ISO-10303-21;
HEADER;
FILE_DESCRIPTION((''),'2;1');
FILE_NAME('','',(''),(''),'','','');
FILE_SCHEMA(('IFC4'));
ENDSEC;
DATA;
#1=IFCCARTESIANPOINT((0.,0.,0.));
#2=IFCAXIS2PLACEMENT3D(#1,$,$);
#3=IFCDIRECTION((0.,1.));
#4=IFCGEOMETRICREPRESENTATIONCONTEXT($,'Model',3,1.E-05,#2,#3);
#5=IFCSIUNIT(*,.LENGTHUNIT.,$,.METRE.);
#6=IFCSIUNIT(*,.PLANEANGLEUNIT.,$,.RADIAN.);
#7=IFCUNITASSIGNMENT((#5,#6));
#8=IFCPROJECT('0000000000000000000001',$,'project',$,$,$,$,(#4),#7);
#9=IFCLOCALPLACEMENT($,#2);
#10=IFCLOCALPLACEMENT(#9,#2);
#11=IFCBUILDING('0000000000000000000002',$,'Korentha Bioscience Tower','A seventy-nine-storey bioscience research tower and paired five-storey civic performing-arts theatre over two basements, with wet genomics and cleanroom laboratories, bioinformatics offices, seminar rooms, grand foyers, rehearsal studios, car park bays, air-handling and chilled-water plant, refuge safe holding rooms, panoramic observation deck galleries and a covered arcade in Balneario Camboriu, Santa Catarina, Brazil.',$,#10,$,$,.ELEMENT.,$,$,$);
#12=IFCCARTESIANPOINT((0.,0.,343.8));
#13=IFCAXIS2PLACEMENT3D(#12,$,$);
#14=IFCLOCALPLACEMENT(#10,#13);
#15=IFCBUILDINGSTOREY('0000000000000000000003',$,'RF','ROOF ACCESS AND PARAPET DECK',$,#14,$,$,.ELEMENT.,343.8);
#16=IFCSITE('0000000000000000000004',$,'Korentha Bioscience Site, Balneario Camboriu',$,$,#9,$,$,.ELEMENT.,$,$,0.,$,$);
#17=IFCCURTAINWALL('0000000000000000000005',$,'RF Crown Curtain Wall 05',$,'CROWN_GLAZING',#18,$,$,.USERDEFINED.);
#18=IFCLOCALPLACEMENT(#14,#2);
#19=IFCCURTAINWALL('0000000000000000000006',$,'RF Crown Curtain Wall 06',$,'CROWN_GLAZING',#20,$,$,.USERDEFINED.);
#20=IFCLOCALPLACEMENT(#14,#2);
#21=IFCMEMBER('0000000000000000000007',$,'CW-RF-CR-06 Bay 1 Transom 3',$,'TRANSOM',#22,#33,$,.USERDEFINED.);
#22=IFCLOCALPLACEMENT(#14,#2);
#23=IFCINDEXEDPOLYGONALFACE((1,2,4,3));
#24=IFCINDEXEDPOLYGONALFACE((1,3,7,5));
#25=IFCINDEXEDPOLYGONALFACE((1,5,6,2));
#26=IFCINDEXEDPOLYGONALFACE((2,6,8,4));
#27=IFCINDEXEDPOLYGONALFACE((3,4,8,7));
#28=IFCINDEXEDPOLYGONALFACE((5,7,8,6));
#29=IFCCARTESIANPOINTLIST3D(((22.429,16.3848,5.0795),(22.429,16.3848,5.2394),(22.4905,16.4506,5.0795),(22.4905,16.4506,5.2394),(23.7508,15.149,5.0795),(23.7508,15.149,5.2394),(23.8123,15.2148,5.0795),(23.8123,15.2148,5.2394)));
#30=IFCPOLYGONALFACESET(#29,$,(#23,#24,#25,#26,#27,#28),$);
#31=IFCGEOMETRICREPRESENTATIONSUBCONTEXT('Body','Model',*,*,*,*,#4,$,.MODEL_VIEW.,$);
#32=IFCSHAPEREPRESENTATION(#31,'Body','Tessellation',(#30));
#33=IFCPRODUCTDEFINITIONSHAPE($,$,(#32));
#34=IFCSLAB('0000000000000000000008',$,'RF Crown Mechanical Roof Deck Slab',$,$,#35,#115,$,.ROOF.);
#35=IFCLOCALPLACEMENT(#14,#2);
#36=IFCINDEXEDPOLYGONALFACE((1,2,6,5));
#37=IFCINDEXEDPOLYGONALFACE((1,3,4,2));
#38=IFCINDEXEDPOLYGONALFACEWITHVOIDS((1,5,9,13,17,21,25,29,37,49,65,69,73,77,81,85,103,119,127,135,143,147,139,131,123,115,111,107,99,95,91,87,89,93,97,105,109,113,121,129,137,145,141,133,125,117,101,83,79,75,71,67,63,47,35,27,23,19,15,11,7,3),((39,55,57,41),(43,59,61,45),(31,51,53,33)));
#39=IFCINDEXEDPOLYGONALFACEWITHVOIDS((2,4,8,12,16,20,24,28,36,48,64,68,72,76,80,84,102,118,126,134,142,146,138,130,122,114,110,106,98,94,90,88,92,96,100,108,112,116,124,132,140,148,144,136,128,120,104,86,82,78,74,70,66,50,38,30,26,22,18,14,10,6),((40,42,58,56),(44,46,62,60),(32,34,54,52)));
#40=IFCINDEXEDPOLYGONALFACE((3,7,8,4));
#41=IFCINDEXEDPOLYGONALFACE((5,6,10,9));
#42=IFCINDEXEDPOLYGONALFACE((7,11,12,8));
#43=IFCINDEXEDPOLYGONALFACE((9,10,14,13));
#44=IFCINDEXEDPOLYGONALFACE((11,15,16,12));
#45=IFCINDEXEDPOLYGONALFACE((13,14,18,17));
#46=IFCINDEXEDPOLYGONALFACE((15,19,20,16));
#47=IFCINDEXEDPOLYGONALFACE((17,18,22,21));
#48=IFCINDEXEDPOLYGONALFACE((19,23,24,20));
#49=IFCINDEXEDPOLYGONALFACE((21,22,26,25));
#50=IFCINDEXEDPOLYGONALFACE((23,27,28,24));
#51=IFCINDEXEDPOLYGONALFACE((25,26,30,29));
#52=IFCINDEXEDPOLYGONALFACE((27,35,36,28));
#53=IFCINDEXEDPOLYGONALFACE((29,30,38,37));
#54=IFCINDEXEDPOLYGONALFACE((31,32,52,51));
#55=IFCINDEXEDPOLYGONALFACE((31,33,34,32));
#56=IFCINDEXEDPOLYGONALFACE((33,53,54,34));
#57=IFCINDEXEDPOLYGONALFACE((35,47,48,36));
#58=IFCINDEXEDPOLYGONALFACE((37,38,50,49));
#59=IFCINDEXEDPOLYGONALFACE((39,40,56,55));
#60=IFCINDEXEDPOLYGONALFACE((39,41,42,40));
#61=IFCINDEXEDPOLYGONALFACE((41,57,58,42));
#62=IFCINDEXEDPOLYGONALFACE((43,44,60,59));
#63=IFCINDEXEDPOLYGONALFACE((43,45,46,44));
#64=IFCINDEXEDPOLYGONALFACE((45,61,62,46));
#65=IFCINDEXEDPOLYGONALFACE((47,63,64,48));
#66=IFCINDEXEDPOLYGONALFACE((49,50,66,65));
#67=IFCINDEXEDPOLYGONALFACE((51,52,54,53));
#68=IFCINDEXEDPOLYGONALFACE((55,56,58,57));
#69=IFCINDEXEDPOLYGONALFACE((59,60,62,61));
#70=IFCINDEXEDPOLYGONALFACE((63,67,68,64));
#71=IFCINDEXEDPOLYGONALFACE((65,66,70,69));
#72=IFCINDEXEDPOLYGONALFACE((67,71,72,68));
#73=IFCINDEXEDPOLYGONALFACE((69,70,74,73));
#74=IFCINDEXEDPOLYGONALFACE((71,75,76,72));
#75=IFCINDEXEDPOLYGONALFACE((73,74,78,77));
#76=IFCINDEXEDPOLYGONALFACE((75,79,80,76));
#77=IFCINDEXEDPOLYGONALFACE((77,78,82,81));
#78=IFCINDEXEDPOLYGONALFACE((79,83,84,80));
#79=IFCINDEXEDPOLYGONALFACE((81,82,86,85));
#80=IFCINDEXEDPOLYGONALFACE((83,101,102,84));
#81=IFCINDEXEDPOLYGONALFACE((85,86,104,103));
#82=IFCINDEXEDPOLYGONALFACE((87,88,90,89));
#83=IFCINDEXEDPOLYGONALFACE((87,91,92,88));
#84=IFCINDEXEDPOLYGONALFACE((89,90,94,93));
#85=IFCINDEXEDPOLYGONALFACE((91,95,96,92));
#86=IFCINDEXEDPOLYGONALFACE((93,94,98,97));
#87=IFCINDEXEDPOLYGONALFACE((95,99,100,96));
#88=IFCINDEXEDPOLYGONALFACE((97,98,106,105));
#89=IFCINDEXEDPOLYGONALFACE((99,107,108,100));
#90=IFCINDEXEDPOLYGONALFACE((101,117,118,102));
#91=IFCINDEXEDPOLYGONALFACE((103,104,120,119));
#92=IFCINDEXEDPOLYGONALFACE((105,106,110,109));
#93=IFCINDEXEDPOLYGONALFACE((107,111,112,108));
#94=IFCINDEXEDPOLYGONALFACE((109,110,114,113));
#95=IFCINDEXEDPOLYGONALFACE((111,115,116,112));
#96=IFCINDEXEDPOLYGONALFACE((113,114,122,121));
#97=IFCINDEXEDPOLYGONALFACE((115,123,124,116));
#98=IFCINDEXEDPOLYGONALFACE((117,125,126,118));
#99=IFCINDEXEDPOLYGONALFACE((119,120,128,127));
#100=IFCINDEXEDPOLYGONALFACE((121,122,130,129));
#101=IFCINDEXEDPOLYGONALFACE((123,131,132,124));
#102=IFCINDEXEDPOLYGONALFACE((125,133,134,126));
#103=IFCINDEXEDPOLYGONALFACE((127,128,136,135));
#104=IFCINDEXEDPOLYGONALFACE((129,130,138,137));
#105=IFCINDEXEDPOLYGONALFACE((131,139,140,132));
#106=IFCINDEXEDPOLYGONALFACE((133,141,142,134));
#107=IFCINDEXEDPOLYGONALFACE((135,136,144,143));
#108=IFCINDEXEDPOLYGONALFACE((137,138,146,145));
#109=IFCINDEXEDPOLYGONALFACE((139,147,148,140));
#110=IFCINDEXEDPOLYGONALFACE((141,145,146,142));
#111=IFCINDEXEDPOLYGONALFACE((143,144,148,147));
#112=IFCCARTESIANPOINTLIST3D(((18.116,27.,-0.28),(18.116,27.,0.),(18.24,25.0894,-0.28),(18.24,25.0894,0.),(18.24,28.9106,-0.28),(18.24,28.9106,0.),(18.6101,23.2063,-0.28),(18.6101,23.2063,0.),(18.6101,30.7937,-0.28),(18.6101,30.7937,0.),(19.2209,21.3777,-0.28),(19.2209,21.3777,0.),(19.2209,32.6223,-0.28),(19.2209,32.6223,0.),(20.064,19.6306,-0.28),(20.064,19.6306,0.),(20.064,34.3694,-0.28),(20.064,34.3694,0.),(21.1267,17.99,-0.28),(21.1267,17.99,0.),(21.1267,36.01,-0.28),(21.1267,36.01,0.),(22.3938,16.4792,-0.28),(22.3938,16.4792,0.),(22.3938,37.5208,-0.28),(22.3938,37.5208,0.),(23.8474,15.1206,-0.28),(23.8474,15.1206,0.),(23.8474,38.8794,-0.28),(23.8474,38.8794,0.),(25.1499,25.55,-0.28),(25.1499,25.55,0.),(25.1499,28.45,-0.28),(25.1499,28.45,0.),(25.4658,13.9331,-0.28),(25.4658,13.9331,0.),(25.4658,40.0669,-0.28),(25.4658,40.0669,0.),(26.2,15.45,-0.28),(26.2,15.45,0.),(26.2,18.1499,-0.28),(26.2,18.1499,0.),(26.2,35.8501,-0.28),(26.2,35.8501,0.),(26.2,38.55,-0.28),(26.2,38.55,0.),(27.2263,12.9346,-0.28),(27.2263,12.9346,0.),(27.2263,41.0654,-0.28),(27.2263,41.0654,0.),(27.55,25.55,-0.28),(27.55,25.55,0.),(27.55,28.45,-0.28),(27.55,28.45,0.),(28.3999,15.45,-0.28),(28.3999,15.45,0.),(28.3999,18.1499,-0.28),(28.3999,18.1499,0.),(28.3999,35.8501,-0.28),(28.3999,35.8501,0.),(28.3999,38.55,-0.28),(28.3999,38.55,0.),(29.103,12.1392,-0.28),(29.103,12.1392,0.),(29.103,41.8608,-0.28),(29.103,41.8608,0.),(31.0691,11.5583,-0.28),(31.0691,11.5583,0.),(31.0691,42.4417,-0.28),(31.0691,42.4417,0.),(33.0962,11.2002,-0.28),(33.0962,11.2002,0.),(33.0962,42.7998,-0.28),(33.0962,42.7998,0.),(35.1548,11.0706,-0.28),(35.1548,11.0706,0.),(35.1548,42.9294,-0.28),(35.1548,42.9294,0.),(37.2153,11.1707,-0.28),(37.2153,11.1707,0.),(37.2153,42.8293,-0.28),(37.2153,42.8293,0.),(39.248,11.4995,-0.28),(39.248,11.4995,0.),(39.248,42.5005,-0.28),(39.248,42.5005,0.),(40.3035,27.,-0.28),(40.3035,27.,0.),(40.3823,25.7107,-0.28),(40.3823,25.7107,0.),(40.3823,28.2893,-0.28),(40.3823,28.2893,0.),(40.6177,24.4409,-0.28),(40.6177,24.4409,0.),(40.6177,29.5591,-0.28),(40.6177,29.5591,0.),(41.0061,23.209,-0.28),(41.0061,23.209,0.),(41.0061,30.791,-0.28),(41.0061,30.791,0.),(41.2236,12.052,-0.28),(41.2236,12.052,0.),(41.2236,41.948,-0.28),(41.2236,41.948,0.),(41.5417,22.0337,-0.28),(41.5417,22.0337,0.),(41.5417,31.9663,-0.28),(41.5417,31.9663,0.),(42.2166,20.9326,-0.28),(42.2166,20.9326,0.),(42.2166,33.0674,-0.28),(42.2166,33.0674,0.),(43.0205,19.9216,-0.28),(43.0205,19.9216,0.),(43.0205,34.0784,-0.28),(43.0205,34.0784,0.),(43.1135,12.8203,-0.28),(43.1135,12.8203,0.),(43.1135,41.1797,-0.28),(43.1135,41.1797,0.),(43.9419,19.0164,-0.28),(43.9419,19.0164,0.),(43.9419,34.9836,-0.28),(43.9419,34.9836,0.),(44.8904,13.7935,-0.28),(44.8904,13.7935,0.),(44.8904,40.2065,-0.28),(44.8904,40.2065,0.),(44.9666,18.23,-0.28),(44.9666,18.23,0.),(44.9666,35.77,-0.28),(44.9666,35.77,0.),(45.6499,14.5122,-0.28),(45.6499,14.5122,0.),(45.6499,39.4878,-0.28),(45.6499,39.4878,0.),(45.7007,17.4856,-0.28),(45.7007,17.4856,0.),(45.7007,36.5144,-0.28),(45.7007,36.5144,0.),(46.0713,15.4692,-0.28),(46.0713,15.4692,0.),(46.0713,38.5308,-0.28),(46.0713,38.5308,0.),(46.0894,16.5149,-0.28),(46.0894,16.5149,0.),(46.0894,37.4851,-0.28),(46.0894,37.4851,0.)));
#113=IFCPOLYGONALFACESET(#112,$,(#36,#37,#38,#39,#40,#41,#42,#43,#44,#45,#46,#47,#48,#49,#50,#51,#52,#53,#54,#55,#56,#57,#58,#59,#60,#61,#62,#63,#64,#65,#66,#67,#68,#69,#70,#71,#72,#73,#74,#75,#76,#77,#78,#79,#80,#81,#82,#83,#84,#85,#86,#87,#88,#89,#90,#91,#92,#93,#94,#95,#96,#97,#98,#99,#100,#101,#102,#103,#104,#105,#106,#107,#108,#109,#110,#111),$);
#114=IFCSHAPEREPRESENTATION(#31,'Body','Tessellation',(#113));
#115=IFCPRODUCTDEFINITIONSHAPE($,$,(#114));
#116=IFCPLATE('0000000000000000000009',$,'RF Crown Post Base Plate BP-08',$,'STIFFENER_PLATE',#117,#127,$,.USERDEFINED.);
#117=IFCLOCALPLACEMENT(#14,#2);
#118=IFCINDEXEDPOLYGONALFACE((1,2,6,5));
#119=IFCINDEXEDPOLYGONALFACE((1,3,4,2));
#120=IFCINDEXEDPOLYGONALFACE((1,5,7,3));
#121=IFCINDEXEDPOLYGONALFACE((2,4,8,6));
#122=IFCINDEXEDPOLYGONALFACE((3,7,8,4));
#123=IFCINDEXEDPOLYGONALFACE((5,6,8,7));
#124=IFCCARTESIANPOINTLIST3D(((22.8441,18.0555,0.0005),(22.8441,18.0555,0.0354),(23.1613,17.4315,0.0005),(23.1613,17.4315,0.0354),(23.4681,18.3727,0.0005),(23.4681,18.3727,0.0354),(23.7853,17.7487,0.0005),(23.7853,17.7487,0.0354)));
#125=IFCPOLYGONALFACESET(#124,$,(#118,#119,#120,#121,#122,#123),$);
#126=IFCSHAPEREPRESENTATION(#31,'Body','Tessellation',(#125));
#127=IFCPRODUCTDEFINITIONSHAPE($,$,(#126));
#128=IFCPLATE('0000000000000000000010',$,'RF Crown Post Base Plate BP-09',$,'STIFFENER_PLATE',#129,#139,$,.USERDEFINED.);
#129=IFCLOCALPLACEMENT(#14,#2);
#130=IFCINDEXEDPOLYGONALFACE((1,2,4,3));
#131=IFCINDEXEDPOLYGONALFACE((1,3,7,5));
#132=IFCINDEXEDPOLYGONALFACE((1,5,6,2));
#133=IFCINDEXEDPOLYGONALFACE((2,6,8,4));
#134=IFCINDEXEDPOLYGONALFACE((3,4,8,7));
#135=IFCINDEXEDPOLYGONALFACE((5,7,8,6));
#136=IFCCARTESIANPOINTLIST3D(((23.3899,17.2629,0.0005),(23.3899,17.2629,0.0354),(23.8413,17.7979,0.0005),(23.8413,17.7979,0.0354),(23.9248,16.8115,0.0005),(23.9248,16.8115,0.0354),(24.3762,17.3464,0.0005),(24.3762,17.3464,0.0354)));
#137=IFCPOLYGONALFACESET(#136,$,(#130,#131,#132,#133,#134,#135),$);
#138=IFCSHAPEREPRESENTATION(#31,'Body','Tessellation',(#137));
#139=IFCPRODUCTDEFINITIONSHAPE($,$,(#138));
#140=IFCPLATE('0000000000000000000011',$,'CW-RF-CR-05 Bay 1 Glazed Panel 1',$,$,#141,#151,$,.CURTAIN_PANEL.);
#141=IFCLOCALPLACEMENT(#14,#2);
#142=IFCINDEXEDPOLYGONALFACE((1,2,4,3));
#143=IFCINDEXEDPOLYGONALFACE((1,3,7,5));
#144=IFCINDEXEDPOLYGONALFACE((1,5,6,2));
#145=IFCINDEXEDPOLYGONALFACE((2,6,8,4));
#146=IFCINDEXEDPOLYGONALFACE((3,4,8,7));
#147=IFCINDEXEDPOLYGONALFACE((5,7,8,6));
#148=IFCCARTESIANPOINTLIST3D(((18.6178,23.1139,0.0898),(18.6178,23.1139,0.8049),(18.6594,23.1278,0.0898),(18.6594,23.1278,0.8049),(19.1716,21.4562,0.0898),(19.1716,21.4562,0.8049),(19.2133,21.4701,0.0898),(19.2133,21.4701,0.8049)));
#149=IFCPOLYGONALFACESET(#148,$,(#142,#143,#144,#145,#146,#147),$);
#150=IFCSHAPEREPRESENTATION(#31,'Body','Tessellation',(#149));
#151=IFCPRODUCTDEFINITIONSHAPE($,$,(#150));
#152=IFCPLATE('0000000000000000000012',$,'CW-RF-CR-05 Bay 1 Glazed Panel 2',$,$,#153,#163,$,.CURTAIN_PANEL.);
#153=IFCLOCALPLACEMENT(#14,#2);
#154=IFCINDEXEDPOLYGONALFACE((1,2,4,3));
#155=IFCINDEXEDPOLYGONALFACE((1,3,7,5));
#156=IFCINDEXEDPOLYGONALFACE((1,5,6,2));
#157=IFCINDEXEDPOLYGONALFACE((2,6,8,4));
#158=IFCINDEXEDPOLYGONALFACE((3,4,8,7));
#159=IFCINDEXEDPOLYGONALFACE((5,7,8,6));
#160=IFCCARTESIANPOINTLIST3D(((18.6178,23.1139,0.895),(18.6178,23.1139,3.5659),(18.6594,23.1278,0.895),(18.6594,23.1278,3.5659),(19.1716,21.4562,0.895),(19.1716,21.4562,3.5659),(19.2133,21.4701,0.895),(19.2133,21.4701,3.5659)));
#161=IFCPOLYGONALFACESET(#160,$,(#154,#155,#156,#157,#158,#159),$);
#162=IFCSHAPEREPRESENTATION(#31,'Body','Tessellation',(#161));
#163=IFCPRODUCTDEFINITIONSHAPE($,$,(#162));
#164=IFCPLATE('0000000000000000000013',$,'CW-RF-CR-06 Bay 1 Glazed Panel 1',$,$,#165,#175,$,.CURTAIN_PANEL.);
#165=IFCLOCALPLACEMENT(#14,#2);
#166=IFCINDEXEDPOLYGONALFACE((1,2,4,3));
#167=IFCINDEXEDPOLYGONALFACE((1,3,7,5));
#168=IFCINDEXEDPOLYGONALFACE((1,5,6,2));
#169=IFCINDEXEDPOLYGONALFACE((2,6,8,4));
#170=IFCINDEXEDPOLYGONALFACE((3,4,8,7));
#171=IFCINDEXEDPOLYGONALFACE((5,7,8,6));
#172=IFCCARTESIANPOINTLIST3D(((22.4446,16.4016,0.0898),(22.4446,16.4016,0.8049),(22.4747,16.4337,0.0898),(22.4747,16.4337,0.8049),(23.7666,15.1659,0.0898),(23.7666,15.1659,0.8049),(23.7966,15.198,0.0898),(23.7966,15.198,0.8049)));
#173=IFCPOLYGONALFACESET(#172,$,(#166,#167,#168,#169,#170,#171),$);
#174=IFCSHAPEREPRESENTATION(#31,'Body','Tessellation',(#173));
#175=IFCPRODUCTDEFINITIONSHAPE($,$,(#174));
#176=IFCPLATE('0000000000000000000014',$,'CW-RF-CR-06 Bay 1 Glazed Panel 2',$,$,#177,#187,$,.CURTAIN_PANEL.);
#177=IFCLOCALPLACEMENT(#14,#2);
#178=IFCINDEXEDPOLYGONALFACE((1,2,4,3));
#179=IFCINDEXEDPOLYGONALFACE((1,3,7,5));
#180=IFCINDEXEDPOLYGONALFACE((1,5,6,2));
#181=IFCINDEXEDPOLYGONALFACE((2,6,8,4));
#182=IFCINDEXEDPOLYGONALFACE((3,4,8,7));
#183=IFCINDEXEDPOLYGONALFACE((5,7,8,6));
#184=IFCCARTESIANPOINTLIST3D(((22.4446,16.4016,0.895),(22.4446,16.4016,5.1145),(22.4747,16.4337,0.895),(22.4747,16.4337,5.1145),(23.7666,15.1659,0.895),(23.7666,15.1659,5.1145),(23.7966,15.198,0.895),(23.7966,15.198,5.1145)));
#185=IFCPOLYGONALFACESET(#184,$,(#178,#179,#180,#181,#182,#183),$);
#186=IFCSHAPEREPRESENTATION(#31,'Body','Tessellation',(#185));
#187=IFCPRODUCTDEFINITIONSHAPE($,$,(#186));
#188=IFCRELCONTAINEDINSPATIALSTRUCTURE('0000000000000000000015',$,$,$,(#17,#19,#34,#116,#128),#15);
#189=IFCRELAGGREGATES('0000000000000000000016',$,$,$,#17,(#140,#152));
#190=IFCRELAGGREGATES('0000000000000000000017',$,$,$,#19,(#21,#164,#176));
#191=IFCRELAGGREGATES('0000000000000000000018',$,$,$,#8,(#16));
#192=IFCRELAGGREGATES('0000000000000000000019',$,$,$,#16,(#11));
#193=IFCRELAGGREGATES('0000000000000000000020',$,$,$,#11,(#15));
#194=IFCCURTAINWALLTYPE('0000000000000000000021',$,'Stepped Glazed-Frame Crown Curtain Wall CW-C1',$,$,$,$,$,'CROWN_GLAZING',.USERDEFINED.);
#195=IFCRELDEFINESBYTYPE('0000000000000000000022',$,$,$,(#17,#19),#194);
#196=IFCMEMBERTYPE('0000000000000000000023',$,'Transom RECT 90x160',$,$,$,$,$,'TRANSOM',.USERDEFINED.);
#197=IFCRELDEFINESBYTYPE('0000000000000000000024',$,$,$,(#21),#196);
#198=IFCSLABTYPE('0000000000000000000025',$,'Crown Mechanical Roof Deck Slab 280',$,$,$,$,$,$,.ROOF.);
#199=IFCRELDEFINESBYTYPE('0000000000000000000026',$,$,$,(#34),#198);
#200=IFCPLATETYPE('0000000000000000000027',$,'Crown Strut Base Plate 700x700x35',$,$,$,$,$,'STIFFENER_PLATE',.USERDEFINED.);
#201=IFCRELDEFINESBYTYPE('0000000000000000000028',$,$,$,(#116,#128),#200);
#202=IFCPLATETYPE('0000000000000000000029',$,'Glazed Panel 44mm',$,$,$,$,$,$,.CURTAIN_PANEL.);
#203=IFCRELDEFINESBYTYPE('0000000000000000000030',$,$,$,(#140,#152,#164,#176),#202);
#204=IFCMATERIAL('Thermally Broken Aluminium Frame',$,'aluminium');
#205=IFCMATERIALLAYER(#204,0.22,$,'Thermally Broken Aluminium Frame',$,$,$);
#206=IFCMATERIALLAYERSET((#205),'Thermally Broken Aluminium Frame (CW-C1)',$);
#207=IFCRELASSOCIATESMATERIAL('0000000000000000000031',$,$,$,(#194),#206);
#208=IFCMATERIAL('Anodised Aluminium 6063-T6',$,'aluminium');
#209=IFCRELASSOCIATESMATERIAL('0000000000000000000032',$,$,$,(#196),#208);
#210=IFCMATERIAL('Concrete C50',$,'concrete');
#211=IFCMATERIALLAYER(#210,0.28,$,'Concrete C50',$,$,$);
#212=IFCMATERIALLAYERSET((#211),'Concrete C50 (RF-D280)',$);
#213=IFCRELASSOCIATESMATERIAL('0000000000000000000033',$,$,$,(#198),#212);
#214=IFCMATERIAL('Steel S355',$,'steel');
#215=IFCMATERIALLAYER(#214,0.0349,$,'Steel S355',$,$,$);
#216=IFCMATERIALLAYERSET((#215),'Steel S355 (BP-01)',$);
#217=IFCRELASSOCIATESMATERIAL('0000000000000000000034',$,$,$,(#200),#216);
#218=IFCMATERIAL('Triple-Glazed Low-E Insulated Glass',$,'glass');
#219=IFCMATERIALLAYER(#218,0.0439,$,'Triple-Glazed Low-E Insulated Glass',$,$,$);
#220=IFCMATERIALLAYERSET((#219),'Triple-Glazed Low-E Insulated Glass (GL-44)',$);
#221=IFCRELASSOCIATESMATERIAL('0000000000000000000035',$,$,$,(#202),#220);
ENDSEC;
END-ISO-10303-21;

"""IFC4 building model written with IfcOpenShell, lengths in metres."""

from ifc_helpers import new_model, si_unit, direction, frame, origin, origin_2d, place, context, subcontext, project, spatial, polyline, rectangle, outline, extrude, material, layer, layer_set, material_profile, profile_set, type_object, element, aggregate, save


model = new_model("IFC4")

# Units and contexts
model_context = context("Model", 3, precision=1e-05, world=origin(), true_north=direction((0.0, 1.0)))
body_context = subcontext(model_context, "Body", "Model", "MODEL_VIEW")
ifc_project = project(units=[si_unit("LENGTHUNIT", "METRE"), si_unit("PLANEANGLEUNIT", "RADIAN")], contexts=[model_context])

# Site, building, storey
site_placement = place(None, origin())
site = spatial("IfcSite", under=ifc_project, at=site_placement, Name="Korentha Bioscience Site, Balneario Camboriu", CompositionType="ELEMENT", RefElevation=0.0)
building_placement = place(site_placement, origin())
building = spatial("IfcBuilding", under=site, at=building_placement, Name="Korentha Bioscience Tower", Description="A seventy-nine-storey bioscience research tower and paired five-storey civic performing-arts theatre over two basements, with wet genomics and cleanroom laboratories, bioinformatics offices, seminar rooms, grand foyers, rehearsal studios, car park bays, air-handling and chilled-water plant, refuge safe holding rooms, panoramic observation deck galleries and a covered arcade in Balneario Camboriu, Santa Catarina, Brazil.", CompositionType="ELEMENT")
storey_placement = place(building_placement, frame((0.0, 0.0, 343.8)))
storey = spatial("IfcBuildingStorey", under=building, at=storey_placement, Name="RF", Description="ROOF ACCESS AND PARAPET DECK", CompositionType="ELEMENT", Elevation=343.8)

# Shared definitions
ifc_material_1 = material(Name="Steel S355", Category="steel")

# Curtain walls
ifc_material_2 = material(Name="Thermally Broken Aluminium Frame", Category="aluminium")
ifc_layer_1 = layer(ifc_material_2, 0.22, Name="Thermally Broken Aluminium Frame")
ifc_layer_set_1 = layer_set([ifc_layer_1], Name="Thermally Broken Aluminium Frame (CW-C1)")
curtain_wall_type = type_object("IfcCurtainWallType", Name="Stepped Glazed-Frame Crown Curtain Wall CW-C1", ElementType="CROWN_GLAZING", PredefinedType="USERDEFINED", material=ifc_layer_set_1)
curtain_wall_1_placement = place(storey_placement, origin())
curtain_wall_1 = element("IfcCurtainWall", 1, at=curtain_wall_1_placement, inside=storey, type_object=curtain_wall_type, Name="RF Crown Curtain Wall 05", ObjectType="CROWN_GLAZING", PredefinedType="USERDEFINED")
ifc_material_3 = material(Name="Anodised Aluminium 6063-T6", Category="aluminium")
curtain_wall_2_placement = place(storey_placement, origin())
curtain_wall_2 = element("IfcCurtainWall", 2, at=curtain_wall_2_placement, inside=storey, type_object=curtain_wall_type, Name="RF Crown Curtain Wall 06", ObjectType="CROWN_GLAZING", PredefinedType="USERDEFINED")

# Member
ifc_material_profile_1 = material_profile(ifc_material_3, rectangle(XDim=0.0901, YDim=0.1599, at=origin_2d()), Name="Anodised Aluminium 6063-T6")
ifc_profile_set_1 = profile_set([ifc_material_profile_1], Name="Anodised Aluminium 6063-T6 (CW-TRN)")
member_type_1 = type_object("IfcMemberType", Name="Transom RECT 90x160", ElementType="TRANSOM", PredefinedType="USERDEFINED", material=ifc_profile_set_1)
member_1_placement = place(storey_placement, frame((22.4597, 16.4177, 5.1594), z_axis=(0.730454, -0.682962, 0.0), x_axis=(0.682962, 0.730454, 0.0)))
member_1 = element("IfcMember", 3, at=member_1_placement, type_object=member_type_1, Name="CW-RF-CR-06 Bay 1 Transom 3", ObjectType="TRANSOM", PredefinedType="USERDEFINED", context=body_context, shape_type="SweptSolid", body=[
    extrude(rectangle(XDim=0.0901, YDim=0.1599, at=origin_2d()), origin(), (0.0, 0.0, 1.0), 1.8096),
])

# Slab
ifc_material_4 = material(Name="Concrete C50", Category="concrete")
ifc_layer_2 = layer(ifc_material_4, 0.28, Name="Concrete C50")
ifc_layer_set_2 = layer_set([ifc_layer_2], Name="Concrete C50 (RF-D280)")
slab_type = type_object("IfcSlabType", Name="Crown Mechanical Roof Deck Slab 280", PredefinedType="ROOF", material=ifc_layer_set_2)
slab_placement = place(storey_placement, frame((0.0, 0.0, -0.28)))
element("IfcSlab", 4, at=slab_placement, inside=storey, type_object=slab_type, Name="RF Crown Mechanical Roof Deck Slab", PredefinedType="ROOF", context=body_context, shape_type="SweptSolid", body=[
    extrude(outline(polyline([(44.8904, 40.2065), (43.1135, 41.1797), (41.2236, 41.948), (39.248, 42.5005), (37.2153, 42.8293), (35.1548, 42.9294), (33.0962, 42.7998), (31.0691, 42.4417), (29.103, 41.8608), (27.2263, 41.0654), (25.4658, 40.0669), (23.8474, 38.8794), (22.3938, 37.5208), (21.1267, 36.01), (20.064, 34.3694), (19.2209, 32.6223), (18.6101, 30.7937), (18.24, 28.9106), (18.116, 27.0), (18.24, 25.0894), (18.6101, 23.2063), (19.2209, 21.3777), (20.064, 19.6306), (21.1267, 17.99), (22.3938, 16.4792), (23.8474, 15.1206), (25.4658, 13.9331), (27.2263, 12.9346), (29.103, 12.1392), (31.0691, 11.5583), (33.0962, 11.2002), (35.1548, 11.0706), (37.2153, 11.1707), (39.248, 11.4995), (41.2236, 12.052), (43.1135, 12.8203), (44.8904, 13.7935), (45.6499, 14.5122), (46.0713, 15.4692), (46.0894, 16.5149), (45.7007, 17.4856), (44.9666, 18.23), (43.9419, 19.0164), (43.0205, 19.9216), (42.2166, 20.9326), (41.5417, 22.0337), (41.0061, 23.209), (40.6177, 24.4409), (40.3823, 25.7107), (40.3035, 27.0), (40.3823, 28.2893), (40.6177, 29.5591), (41.0061, 30.791), (41.5417, 31.9663), (42.2166, 33.0674), (43.0205, 34.0784), (43.9419, 34.9836), (44.9666, 35.77), (45.7007, 36.5144), (46.0894, 37.4851), (46.0713, 38.5308), (45.6499, 39.4878), (44.8904, 40.2065)]), holes=[polyline([(26.2, 15.45), (28.3999, 15.45), (28.3999, 18.1499), (26.2, 18.1499), (26.2, 15.45)]), polyline([(26.2, 35.8501), (28.3999, 35.8501), (28.3999, 38.55), (26.2, 38.55), (26.2, 35.8501)]), polyline([(25.1499, 25.55), (27.55, 25.55), (27.55, 28.45), (25.1499, 28.45), (25.1499, 25.55)])]), origin(), (0.0, 0.0, 1.0), 0.28),
])

# Plates
ifc_layer_3 = layer(ifc_material_1, 0.0349, Name="Steel S355")
ifc_layer_set_3 = layer_set([ifc_layer_3], Name="Steel S355 (BP-01)")
plate_type_1 = type_object("IfcPlateType", Name="Crown Strut Base Plate 700x700x35", ElementType="STIFFENER_PLATE", PredefinedType="USERDEFINED", material=ifc_layer_set_3)
for number, where, z_axis, x_axis, name in (
    (5, (23.3147, 17.9021, 0.0005), (0.0, 0.0, 1.0), (-0.453057, 0.891481, 0.0), "RF Crown Post Base Plate BP-08"),
    (6, (23.8831, 17.3047, 0.0005), (0.0, 0.0, 1.0), (-0.764246, 0.644924, 0.0), "RF Crown Post Base Plate BP-09"),
):
    element("IfcPlate", number, at=place(storey_placement, frame(where, z_axis=z_axis, x_axis=x_axis)), inside=storey, type_object=plate_type_1, Name=name, ObjectType="STIFFENER_PLATE", PredefinedType="USERDEFINED", context=body_context, shape_type="SweptSolid", body=[
        extrude(rectangle(XDim=0.7, YDim=0.7, at=origin_2d()), origin(), (0.0, 0.0, 1.0), 0.0349),
    ])

# Plates
ifc_material_5 = material(Name="Triple-Glazed Low-E Insulated Glass", Category="glass")
ifc_layer_4 = layer(ifc_material_5, 0.0439, Name="Triple-Glazed Low-E Insulated Glass")
ifc_layer_set_4 = layer_set([ifc_layer_4], Name="Triple-Glazed Low-E Insulated Glass (GL-44)")
plate_type_2 = type_object("IfcPlateType", Name="Glazed Panel 44mm", PredefinedType="CURTAIN_PANEL", material=ifc_layer_set_4)
plate_1_placement = place(storey_placement, frame((18.9155, 22.292, 0.0898), z_axis=(0.0, 0.0, 1.0), x_axis=(0.316897, -0.94846, 0.0)))
plate_1 = element("IfcPlate", 7, at=plate_1_placement, type_object=plate_type_2, Name="CW-RF-CR-05 Bay 1 Glazed Panel 1", PredefinedType="CURTAIN_PANEL", context=body_context, shape_type="SweptSolid", body=[
    extrude(rectangle(XDim=1.7478, YDim=0.0439, at=origin_2d()), origin(), (0.0, 0.0, 1.0), 0.7151),
])
plate_2_placement = place(storey_placement, frame((18.9155, 22.292, 0.895), z_axis=(0.0, 0.0, 1.0), x_axis=(0.316897, -0.94846, 0.0)))
plate_2 = element("IfcPlate", 8, at=plate_2_placement, type_object=plate_type_2, Name="CW-RF-CR-05 Bay 1 Glazed Panel 2", PredefinedType="CURTAIN_PANEL", context=body_context, shape_type="SweptSolid", body=[
    extrude(rectangle(XDim=1.7478, YDim=0.0439, at=origin_2d()), origin(), (0.0, 0.0, 1.0), 2.6709),
])
aggregate(curtain_wall_1, [plate_1, plate_2])
plate_3_placement = place(storey_placement, frame((23.1206, 15.7998, 0.0898), z_axis=(0.0, 0.0, 1.0), x_axis=(0.730505, -0.682907, 0.0)))
plate_3 = element("IfcPlate", 9, at=plate_3_placement, type_object=plate_type_2, Name="CW-RF-CR-06 Bay 1 Glazed Panel 1", PredefinedType="CURTAIN_PANEL", context=body_context, shape_type="SweptSolid", body=[
    extrude(rectangle(XDim=1.8096, YDim=0.0439, at=origin_2d()), origin(), (0.0, 0.0, 1.0), 0.7151),
])
plate_4_placement = place(storey_placement, frame((23.1206, 15.7998, 0.895), z_axis=(0.0, 0.0, 1.0), x_axis=(0.730505, -0.682907, 0.0)))
plate_4 = element("IfcPlate", 10, at=plate_4_placement, type_object=plate_type_2, Name="CW-RF-CR-06 Bay 1 Glazed Panel 2", PredefinedType="CURTAIN_PANEL", context=body_context, shape_type="SweptSolid", body=[
    extrude(rectangle(XDim=1.8096, YDim=0.0439, at=origin_2d()), origin(), (0.0, 0.0, 1.0), 4.2195),
])
aggregate(curtain_wall_2, [member_1, plate_3, plate_4])

save(model, "model.ifc")
